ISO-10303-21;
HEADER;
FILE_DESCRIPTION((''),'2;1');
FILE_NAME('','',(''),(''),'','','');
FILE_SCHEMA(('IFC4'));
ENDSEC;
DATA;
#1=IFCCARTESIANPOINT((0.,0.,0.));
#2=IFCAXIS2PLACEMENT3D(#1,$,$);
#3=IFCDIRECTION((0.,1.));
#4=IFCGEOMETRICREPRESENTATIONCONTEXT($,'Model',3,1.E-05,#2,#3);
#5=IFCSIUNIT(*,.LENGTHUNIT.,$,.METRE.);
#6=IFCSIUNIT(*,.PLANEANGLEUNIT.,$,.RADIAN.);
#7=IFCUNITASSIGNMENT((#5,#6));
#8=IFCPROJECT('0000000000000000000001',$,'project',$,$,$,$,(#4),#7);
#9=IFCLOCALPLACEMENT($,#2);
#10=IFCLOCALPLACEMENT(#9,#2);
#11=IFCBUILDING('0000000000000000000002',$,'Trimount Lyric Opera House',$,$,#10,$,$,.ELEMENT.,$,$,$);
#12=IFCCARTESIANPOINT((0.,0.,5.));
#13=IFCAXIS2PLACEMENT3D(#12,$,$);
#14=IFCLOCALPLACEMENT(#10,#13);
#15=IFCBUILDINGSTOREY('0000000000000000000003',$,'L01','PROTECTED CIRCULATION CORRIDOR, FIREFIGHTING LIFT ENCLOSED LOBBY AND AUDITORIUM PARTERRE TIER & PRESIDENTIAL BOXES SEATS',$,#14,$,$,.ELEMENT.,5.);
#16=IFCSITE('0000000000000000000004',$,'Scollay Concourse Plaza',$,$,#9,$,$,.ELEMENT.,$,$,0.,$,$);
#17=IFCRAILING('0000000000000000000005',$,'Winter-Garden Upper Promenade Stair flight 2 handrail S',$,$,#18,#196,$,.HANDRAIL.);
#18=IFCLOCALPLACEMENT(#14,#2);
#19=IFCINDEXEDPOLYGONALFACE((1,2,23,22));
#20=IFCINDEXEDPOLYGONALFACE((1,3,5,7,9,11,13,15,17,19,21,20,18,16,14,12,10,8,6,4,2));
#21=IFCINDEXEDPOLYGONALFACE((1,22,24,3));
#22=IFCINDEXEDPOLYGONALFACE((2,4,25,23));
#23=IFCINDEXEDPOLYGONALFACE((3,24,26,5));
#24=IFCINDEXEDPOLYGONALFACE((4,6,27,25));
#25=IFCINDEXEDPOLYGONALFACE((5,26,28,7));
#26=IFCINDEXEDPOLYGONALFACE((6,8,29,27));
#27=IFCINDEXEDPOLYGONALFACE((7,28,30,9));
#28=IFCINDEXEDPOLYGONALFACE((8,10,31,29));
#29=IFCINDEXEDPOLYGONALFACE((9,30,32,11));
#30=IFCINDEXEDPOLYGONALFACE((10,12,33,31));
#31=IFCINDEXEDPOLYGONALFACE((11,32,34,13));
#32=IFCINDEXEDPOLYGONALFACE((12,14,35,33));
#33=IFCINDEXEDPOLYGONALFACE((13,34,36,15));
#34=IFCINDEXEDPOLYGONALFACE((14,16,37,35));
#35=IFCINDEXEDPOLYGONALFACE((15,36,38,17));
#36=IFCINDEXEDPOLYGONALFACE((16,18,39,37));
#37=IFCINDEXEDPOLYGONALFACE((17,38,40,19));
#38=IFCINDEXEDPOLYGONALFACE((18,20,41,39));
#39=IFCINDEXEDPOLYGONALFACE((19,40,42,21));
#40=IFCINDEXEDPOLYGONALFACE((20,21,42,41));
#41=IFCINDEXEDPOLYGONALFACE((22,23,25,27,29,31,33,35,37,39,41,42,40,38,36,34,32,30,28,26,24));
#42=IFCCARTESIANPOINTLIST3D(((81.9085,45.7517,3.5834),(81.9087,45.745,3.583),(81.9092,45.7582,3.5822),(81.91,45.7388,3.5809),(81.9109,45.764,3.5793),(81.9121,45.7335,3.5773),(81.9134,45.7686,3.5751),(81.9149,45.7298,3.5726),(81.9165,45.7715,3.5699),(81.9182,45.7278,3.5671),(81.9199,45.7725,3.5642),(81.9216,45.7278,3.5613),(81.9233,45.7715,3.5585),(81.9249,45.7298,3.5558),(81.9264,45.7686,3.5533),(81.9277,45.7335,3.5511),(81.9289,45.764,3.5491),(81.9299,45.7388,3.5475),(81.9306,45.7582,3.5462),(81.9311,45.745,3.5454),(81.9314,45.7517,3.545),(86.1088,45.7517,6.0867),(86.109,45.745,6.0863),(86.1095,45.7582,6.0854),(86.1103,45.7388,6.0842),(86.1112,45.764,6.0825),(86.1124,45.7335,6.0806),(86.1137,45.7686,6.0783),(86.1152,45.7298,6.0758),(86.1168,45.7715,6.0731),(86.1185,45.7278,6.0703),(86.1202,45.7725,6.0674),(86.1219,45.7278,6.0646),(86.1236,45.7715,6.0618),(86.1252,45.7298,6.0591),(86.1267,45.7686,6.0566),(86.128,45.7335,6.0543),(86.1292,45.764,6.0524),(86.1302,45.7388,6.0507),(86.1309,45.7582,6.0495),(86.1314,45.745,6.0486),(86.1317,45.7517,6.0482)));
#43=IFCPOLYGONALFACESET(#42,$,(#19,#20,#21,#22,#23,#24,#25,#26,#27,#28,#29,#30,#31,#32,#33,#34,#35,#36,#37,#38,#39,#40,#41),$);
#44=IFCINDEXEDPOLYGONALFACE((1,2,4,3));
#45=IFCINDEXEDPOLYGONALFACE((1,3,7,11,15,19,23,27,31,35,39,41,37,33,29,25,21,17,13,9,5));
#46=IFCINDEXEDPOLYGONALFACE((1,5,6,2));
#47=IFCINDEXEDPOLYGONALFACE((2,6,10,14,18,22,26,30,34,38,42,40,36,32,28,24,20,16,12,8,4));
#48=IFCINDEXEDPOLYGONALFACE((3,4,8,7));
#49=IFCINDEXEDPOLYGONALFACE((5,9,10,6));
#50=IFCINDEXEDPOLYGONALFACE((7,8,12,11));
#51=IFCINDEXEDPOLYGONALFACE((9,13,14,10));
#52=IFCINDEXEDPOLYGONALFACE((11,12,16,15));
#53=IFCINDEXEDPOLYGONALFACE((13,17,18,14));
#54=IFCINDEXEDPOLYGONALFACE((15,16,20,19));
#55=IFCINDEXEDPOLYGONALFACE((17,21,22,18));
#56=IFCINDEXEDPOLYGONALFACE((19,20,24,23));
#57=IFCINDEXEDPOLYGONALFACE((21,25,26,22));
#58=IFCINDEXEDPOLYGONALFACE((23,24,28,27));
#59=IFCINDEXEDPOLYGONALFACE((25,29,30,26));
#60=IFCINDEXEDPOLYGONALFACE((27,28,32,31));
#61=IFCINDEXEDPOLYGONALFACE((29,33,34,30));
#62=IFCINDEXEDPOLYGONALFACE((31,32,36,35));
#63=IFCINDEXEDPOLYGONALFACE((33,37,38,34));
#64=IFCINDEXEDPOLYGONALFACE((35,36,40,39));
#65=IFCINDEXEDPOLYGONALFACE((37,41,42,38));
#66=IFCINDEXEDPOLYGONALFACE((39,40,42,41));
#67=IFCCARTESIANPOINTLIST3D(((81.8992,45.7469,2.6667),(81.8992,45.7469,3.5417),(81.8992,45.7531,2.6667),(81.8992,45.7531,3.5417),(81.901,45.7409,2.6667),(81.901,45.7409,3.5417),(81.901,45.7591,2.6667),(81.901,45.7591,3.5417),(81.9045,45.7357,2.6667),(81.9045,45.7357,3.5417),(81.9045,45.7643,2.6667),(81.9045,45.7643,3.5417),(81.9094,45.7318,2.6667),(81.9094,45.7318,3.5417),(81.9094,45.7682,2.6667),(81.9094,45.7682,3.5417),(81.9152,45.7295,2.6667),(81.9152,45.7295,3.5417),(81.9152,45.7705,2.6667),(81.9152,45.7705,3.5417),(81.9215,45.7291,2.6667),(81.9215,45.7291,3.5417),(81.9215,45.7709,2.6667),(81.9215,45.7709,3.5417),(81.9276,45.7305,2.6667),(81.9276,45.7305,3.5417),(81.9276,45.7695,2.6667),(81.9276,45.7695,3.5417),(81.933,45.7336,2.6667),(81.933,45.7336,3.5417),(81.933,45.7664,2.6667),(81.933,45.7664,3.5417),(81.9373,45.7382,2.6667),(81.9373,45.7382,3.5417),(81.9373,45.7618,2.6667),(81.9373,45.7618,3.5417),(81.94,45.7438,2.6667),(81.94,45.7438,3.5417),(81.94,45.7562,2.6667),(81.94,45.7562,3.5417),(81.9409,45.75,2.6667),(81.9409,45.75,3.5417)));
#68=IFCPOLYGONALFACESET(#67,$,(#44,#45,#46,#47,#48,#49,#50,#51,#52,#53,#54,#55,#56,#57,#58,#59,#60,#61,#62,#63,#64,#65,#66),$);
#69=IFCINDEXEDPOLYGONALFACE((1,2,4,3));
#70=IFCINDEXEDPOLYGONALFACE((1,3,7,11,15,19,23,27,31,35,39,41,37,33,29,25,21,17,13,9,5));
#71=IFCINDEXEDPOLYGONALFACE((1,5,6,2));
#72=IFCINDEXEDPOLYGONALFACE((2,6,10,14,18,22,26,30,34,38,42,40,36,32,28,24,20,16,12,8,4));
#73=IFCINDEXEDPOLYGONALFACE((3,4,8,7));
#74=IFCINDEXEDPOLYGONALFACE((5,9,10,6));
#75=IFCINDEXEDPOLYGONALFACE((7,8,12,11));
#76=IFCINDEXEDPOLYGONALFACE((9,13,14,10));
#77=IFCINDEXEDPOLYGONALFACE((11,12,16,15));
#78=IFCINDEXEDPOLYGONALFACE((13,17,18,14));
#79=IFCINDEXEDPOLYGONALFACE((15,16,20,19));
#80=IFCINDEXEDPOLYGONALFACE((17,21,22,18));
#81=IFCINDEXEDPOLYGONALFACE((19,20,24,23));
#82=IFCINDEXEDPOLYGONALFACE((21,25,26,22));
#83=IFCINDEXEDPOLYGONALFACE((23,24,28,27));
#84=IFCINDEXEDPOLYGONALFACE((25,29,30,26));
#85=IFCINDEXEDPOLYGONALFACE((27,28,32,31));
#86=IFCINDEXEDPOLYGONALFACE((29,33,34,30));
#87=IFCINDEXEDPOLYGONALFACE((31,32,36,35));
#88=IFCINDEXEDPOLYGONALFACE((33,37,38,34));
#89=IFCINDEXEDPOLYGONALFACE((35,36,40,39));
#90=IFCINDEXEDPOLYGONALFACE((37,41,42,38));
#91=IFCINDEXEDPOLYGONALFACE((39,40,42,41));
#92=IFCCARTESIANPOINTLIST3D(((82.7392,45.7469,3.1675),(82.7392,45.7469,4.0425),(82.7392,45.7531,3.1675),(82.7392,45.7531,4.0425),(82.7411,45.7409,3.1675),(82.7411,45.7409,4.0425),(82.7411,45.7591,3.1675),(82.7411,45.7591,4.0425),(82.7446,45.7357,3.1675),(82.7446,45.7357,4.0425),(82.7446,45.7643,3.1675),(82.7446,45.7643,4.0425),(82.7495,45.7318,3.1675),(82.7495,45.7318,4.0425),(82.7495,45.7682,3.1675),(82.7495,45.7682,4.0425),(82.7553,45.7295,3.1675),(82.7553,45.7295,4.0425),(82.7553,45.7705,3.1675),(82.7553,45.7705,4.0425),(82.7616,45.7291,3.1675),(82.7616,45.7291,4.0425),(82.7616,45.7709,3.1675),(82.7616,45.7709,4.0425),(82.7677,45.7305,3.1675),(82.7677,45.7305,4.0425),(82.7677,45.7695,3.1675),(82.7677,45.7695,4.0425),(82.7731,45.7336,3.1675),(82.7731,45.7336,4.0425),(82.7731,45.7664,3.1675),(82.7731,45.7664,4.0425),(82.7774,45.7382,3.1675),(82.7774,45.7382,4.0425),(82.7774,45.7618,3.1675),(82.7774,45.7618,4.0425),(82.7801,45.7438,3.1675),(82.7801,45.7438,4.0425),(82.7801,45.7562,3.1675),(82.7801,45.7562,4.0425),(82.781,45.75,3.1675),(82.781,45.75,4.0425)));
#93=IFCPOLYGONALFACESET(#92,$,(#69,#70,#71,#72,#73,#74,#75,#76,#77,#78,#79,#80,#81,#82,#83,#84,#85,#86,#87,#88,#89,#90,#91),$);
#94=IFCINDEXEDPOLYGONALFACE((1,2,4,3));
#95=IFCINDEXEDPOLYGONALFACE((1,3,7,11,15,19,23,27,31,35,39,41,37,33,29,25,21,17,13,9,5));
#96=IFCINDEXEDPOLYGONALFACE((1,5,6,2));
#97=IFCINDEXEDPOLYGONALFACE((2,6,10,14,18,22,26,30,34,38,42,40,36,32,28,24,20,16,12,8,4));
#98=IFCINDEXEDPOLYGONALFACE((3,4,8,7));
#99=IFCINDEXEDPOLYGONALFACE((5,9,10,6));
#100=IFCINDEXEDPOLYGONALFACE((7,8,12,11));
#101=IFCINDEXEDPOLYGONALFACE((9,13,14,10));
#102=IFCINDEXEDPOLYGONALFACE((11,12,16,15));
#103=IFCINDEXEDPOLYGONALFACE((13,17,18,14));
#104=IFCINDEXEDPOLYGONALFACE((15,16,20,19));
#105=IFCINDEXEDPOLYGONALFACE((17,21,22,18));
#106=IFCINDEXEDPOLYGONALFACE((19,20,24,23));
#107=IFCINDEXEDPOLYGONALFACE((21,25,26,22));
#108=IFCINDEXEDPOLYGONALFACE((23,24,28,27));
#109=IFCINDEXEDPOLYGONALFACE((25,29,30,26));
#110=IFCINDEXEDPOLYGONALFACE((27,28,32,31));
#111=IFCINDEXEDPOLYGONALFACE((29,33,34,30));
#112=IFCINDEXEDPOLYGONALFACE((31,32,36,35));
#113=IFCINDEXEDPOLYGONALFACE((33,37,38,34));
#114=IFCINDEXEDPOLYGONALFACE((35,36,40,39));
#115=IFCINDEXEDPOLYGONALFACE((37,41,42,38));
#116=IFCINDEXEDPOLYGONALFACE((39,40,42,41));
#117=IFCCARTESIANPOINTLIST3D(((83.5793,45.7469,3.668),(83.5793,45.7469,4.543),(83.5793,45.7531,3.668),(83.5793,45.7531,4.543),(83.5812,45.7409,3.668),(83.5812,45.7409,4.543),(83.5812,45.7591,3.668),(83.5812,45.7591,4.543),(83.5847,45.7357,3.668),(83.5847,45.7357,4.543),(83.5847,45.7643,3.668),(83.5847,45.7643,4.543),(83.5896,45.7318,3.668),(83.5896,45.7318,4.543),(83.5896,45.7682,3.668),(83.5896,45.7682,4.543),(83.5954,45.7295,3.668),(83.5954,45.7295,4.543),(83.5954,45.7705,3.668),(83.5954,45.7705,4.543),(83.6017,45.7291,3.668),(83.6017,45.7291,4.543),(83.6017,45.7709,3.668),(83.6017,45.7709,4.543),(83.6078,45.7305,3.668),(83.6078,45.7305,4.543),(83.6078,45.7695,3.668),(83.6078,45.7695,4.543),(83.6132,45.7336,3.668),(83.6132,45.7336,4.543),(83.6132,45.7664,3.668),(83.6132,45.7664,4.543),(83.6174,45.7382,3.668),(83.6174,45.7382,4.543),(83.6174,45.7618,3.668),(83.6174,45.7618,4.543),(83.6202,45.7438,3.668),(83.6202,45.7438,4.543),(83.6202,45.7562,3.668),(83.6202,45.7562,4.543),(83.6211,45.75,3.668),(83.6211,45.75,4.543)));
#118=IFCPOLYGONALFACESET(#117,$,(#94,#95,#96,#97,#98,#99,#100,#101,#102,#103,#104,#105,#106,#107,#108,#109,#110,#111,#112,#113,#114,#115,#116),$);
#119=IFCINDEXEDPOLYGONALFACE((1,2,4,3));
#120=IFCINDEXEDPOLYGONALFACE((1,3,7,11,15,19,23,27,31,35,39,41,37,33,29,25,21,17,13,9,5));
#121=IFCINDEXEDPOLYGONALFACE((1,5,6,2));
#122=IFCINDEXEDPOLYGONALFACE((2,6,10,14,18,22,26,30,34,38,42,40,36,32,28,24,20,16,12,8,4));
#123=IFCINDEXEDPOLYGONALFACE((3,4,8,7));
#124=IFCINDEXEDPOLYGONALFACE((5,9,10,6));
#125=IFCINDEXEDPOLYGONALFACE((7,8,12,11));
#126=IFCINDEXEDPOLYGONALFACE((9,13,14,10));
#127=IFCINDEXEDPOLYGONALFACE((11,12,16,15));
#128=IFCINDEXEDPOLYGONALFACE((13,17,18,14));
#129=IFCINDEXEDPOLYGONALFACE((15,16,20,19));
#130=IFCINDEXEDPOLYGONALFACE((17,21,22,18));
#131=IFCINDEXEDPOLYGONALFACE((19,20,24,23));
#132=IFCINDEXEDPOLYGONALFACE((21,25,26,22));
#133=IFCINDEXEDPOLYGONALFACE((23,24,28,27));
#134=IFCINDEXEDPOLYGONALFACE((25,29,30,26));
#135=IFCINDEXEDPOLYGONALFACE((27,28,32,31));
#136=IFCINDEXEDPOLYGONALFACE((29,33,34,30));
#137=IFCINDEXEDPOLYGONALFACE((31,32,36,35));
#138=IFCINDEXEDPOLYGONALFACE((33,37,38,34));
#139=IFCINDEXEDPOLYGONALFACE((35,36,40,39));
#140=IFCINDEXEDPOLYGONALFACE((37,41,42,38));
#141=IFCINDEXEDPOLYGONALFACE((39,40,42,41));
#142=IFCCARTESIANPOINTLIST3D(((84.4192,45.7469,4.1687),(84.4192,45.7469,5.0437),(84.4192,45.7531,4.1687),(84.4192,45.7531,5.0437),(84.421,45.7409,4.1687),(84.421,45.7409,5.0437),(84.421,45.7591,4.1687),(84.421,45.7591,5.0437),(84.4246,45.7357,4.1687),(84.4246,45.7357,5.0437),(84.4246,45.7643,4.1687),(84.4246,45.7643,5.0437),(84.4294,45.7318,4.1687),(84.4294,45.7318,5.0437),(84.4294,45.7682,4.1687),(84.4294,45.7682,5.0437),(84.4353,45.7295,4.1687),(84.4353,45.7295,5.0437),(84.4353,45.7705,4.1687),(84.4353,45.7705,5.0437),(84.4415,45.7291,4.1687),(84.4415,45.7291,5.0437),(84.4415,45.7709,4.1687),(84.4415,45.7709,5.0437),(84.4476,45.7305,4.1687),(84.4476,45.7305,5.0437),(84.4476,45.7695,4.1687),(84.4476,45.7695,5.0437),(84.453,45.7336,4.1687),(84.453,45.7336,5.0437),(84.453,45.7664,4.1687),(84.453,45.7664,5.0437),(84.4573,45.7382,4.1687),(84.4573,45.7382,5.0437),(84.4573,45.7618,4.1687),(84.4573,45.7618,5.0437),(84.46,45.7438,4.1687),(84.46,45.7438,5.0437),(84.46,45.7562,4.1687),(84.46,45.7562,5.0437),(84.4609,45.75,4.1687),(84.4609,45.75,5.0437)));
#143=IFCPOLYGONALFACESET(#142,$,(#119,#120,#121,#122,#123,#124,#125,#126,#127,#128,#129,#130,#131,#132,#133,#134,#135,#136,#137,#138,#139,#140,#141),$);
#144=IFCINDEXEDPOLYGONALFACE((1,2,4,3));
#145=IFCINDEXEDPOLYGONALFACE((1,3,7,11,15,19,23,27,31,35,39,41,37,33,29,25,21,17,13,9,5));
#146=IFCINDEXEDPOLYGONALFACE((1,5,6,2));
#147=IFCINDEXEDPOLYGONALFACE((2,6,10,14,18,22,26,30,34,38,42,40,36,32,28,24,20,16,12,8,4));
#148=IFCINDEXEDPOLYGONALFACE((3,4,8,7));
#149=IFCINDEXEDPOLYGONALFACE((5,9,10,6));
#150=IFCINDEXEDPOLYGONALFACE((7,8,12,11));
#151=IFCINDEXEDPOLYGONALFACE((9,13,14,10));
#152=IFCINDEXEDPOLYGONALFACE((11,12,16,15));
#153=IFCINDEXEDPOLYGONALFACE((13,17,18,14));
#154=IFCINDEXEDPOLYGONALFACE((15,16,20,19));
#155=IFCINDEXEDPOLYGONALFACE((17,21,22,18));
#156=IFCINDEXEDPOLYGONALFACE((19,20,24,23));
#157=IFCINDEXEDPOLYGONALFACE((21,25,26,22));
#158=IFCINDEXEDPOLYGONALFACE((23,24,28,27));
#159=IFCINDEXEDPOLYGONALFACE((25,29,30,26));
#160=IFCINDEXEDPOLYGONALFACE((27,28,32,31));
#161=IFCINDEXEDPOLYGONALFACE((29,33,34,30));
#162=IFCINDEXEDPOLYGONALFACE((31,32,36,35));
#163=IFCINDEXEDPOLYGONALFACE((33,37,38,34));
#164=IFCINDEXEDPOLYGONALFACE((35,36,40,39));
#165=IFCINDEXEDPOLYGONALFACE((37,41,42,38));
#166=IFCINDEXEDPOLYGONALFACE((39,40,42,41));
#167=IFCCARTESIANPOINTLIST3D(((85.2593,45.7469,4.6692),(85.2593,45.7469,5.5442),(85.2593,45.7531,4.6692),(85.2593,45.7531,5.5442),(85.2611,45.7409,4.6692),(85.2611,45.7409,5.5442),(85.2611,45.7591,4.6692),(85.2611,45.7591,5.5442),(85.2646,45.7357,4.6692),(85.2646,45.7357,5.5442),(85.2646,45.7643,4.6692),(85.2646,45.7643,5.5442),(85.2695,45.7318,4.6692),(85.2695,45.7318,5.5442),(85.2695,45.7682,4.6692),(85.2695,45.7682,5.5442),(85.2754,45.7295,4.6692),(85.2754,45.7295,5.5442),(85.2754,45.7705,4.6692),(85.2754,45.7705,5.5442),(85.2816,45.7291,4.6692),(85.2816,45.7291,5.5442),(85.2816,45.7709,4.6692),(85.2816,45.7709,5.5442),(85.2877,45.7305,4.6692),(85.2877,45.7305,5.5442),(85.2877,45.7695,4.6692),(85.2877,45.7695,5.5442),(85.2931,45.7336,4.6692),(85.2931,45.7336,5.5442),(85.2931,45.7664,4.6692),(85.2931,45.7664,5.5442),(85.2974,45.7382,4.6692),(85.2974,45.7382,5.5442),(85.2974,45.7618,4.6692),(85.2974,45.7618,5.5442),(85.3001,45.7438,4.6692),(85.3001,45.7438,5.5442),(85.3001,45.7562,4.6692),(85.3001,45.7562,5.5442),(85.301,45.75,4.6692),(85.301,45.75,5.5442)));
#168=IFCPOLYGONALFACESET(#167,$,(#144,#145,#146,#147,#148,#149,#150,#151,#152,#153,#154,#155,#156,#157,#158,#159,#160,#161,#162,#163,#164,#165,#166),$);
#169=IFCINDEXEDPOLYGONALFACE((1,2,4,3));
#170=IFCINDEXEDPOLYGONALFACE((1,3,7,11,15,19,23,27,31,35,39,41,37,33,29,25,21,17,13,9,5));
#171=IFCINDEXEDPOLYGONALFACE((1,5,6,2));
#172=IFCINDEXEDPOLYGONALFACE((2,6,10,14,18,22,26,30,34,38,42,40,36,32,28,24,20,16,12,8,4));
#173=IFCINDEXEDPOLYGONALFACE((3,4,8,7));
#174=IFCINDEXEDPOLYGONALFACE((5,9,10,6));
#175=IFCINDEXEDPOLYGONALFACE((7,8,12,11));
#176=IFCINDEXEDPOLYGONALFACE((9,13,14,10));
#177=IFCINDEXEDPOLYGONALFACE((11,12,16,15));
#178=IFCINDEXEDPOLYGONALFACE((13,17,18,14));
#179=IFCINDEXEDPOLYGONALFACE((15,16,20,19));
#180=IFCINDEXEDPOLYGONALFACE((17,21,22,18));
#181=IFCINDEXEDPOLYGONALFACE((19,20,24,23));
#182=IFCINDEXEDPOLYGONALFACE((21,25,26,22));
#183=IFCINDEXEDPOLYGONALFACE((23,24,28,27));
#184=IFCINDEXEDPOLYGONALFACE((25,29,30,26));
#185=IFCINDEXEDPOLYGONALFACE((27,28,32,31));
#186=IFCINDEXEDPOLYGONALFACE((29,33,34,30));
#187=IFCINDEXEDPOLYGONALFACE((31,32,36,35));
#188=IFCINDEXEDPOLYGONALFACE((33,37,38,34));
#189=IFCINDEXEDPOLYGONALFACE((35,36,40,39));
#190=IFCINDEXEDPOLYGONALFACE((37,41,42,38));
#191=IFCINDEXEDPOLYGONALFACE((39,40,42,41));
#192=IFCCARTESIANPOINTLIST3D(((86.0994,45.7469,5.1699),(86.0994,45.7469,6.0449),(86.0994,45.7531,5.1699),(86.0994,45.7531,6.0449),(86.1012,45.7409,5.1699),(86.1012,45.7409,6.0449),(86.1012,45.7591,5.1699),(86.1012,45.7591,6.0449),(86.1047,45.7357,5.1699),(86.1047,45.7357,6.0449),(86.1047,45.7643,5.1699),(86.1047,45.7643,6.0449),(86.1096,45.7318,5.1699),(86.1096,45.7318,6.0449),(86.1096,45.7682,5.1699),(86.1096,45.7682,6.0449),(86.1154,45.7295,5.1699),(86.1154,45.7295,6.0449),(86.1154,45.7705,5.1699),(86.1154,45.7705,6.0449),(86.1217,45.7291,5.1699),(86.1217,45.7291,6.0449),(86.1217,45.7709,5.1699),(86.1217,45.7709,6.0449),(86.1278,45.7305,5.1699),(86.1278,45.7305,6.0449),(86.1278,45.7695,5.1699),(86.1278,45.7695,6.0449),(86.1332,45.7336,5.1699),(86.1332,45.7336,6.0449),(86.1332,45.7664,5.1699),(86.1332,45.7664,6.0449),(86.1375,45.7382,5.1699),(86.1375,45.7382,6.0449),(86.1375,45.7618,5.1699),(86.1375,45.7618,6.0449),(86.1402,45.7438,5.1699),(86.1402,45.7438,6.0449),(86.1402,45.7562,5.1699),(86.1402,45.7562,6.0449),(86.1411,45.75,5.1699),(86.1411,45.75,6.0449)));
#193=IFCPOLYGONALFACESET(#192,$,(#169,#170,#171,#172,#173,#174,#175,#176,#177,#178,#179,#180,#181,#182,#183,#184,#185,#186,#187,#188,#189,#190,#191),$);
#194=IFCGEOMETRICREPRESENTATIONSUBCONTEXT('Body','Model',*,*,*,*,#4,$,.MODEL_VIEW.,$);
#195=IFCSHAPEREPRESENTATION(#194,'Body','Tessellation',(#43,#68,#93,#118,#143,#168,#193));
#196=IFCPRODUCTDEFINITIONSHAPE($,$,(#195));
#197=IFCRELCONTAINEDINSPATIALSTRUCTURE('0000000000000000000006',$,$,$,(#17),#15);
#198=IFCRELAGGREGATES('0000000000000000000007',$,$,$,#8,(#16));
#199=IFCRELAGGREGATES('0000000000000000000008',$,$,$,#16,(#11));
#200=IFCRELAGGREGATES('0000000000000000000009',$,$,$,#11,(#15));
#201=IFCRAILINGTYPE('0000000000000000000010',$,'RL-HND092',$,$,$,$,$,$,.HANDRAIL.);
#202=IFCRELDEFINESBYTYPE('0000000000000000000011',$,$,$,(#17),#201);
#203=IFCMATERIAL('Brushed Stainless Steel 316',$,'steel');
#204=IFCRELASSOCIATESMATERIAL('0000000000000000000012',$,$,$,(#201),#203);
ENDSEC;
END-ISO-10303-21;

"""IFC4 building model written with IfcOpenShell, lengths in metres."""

from ifc_helpers import new_model, si_unit, direction, frame, origin, origin_2d, place, context, subcontext, project, spatial, circle, extrude, material, type_object, element, save


model = new_model("IFC4")

# Units and contexts
model_context = context("Model", 3, precision=1e-05, world=origin(), true_north=direction((0.0, 1.0)))
body_context = subcontext(model_context, "Body", "Model", "MODEL_VIEW")
ifc_project = project(units=[si_unit("LENGTHUNIT", "METRE"), si_unit("PLANEANGLEUNIT", "RADIAN")], contexts=[model_context])

# Site, building, storey
site_placement = place(None, origin())
site = spatial("IfcSite", under=ifc_project, at=site_placement, Name="Scollay Concourse Plaza", CompositionType="ELEMENT", RefElevation=0.0)
building_placement = place(site_placement, origin())
building = spatial("IfcBuilding", under=site, at=building_placement, Name="Trimount Lyric Opera House", CompositionType="ELEMENT")
storey_placement = place(building_placement, frame((0.0, 0.0, 5.0)))
storey = spatial("IfcBuildingStorey", under=building, at=storey_placement, Name="L01", Description="PROTECTED CIRCULATION CORRIDOR, FIREFIGHTING LIFT ENCLOSED LOBBY AND AUDITORIUM PARTERRE TIER & PRESIDENTIAL BOXES SEATS", CompositionType="ELEMENT", Elevation=5.0)

# Railing
ifc_material_1 = material(Name="Brushed Stainless Steel 316", Category="steel")
railing_type_1 = type_object("IfcRailingType", Name="RL-HND092", PredefinedType="HANDRAIL", material=ifc_material_1)
railing_1_placement = place(storey_placement, frame((81.9199, 45.75, 2.6667)))
element("IfcRailing", 1, at=railing_1_placement, inside=storey, type_object=railing_type_1, Name="Winter-Garden Upper Promenade Stair flight 2 handrail S", PredefinedType="HANDRAIL", context=body_context, shape_type="SweptSolid", body=[
    extrude(circle(Radius=0.0225, at=origin_2d()), frame((0.0, 0.0, 0.8975), z_axis=(0.859018, 0.0, 0.511946), x_axis=(0.0, 1.0, 0.0)), (0.0, 0.0, 1.0), 4.8896),
    extrude(circle(Radius=0.021, at=origin_2d()), origin(), (0.0, 0.0, 1.0), 0.875),
    extrude(circle(Radius=0.021, at=origin_2d()), frame((0.8401, 0.0, 0.5007)), (0.0, 0.0, 1.0), 0.875),
    extrude(circle(Radius=0.021, at=origin_2d()), frame((1.6802, 0.0, 1.0012)), (0.0, 0.0, 1.0), 0.875),
    extrude(circle(Radius=0.021, at=origin_2d()), frame((2.52, 0.0, 1.502)), (0.0, 0.0, 1.0), 0.875),
    extrude(circle(Radius=0.021, at=origin_2d()), frame((3.3601, 0.0, 2.0024)), (0.0, 0.0, 1.0), 0.875),
    extrude(circle(Radius=0.021, at=origin_2d()), frame((4.2002, 0.0, 2.5032)), (0.0, 0.0, 1.0), 0.875),
])

save(model, "model.ifc")
